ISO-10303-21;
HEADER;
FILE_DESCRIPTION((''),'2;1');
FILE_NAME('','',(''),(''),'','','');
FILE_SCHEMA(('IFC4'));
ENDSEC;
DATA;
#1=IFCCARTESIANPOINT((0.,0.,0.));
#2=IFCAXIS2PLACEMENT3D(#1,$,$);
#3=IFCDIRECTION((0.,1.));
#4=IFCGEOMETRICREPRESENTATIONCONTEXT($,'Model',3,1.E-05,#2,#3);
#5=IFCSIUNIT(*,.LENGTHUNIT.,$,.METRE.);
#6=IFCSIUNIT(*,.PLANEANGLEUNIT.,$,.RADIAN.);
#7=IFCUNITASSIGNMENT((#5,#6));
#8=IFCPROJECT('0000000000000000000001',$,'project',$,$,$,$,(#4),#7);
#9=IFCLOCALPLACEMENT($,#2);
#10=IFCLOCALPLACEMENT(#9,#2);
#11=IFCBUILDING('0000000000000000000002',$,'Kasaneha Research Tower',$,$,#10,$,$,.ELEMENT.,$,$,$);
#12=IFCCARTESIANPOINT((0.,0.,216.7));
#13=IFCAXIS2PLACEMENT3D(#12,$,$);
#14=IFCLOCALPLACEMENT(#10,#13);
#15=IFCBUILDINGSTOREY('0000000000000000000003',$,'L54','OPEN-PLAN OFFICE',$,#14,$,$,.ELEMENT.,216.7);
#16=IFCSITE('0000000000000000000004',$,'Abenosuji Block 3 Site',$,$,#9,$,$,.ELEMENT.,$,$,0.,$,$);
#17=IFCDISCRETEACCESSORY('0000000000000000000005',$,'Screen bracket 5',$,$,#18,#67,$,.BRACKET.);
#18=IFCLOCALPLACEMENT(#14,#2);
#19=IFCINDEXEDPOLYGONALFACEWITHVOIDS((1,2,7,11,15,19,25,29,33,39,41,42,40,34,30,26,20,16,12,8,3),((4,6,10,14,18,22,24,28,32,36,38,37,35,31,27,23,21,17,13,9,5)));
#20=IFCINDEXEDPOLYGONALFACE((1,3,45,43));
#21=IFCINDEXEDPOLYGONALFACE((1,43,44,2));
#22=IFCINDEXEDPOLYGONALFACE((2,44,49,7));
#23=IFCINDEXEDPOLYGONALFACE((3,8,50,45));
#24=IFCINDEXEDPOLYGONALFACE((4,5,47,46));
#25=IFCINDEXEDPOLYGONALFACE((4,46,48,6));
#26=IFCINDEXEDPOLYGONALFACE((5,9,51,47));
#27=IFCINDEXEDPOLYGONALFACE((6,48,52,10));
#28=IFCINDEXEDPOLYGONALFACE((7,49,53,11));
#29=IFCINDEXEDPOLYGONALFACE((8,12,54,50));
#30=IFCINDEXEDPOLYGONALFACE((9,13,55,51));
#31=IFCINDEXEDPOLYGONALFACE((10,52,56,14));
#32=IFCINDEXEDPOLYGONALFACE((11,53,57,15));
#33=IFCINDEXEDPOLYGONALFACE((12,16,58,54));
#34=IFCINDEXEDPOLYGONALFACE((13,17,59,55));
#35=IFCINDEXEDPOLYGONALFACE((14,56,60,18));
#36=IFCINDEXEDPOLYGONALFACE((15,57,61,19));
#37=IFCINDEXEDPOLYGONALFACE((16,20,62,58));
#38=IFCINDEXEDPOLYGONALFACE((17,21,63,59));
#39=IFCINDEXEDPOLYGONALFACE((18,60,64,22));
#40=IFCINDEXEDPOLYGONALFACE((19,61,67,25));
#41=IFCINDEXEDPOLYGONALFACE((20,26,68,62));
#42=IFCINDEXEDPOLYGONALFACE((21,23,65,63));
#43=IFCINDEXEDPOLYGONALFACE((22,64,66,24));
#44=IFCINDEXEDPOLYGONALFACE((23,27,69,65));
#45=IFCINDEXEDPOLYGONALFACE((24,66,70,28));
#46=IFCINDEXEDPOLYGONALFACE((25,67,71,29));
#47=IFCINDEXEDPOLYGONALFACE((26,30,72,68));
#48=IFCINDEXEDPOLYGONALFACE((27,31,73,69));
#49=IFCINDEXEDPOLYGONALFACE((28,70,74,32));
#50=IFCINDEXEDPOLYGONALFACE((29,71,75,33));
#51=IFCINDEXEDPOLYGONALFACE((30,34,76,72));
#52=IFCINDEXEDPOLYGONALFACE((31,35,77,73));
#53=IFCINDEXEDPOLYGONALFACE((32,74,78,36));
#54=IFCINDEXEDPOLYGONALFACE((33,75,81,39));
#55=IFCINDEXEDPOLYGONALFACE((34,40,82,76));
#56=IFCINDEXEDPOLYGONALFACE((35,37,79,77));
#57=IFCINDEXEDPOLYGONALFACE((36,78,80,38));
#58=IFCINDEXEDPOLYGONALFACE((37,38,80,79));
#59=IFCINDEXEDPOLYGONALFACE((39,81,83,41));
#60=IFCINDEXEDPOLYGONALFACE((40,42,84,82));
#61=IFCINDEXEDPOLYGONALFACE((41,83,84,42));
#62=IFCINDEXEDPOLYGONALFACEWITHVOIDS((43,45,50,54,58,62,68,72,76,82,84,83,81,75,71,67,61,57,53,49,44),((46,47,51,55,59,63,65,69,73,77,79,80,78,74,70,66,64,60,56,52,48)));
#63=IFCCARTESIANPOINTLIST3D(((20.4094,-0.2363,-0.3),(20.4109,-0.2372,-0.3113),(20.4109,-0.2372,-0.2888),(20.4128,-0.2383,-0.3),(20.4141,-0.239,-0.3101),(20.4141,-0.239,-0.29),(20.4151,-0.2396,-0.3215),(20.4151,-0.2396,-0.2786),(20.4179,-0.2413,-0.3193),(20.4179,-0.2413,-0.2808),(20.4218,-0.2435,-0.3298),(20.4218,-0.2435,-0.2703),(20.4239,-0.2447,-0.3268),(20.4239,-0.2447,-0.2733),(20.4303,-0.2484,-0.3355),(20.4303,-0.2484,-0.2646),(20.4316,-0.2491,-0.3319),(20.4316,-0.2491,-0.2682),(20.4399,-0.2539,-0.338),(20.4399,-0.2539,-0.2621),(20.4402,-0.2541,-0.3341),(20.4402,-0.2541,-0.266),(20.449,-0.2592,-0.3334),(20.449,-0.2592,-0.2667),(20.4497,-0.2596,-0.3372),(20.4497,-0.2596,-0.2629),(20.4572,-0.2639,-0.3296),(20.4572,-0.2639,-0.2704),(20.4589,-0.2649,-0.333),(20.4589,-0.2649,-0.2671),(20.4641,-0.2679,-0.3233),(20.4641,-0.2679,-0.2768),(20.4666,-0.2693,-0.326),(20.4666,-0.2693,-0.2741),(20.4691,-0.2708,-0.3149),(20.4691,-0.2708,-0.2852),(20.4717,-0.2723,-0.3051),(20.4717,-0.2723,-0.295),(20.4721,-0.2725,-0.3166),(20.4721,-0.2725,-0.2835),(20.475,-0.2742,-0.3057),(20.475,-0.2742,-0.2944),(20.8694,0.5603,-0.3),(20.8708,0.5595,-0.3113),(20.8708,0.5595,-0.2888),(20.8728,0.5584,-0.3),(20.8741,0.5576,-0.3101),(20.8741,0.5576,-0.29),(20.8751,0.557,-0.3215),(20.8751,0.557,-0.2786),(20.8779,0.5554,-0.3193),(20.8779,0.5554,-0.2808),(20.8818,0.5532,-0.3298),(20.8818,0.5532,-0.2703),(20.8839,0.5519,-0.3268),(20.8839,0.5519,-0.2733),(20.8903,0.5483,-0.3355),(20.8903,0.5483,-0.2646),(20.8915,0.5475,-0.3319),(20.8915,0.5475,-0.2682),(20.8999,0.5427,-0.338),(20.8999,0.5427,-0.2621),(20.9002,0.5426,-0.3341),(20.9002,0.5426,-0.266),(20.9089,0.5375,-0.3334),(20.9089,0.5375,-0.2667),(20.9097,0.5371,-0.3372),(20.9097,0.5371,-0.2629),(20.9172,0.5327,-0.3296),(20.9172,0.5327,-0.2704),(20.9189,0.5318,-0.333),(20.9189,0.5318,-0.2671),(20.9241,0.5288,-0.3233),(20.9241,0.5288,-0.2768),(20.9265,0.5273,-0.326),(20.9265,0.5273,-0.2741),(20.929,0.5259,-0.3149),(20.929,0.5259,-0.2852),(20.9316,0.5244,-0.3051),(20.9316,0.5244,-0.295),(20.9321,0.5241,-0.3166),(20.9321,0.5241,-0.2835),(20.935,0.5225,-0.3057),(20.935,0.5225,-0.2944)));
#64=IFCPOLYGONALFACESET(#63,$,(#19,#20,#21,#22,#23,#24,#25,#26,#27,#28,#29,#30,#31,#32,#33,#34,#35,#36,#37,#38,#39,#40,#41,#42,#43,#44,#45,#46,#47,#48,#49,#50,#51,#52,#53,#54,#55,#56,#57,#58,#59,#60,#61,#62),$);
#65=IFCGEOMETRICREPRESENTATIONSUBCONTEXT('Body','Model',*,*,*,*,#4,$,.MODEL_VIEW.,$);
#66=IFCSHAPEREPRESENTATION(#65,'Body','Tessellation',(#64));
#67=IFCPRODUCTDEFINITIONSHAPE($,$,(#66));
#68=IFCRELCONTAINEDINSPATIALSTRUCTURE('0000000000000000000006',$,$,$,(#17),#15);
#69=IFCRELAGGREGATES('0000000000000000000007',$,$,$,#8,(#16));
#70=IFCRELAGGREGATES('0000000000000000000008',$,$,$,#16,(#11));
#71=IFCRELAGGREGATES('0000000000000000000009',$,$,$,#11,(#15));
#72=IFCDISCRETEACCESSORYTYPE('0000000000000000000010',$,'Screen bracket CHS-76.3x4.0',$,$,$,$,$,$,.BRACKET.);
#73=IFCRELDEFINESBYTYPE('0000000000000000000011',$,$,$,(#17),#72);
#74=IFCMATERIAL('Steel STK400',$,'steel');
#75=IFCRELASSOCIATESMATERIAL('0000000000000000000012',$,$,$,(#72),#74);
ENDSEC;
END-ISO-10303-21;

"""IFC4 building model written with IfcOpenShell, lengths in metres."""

from ifc_helpers import new_model, si_unit, direction, frame, origin, origin_2d, place, context, subcontext, project, spatial, hollow_circle, extrude, material, material_profile, profile_set, type_object, element, save


model = new_model("IFC4")

# Units and contexts
model_context = context("Model", 3, precision=1e-05, world=origin(), true_north=direction((0.0, 1.0)))
body_context = subcontext(model_context, "Body", "Model", "MODEL_VIEW")
ifc_project = project(units=[si_unit("LENGTHUNIT", "METRE"), si_unit("PLANEANGLEUNIT", "RADIAN")], contexts=[model_context])

# Site, building, storey
site_placement = place(None, origin())
site = spatial("IfcSite", under=ifc_project, at=site_placement, Name="Abenosuji Block 3 Site", CompositionType="ELEMENT", RefElevation=0.0)
building_placement = place(site_placement, origin())
building = spatial("IfcBuilding", under=site, at=building_placement, Name="Kasaneha Research Tower", CompositionType="ELEMENT")
storey_placement = place(building_placement, frame((0.0, 0.0, 216.7)))
storey = spatial("IfcBuildingStorey", under=building, at=storey_placement, Name="L54", Description="OPEN-PLAN OFFICE", CompositionType="ELEMENT", Elevation=216.7)

# Discrete accessory
ifc_material_1 = material(Name="Steel STK400", Category="steel")
ifc_material_profile_1 = material_profile(ifc_material_1, hollow_circle(Radius=0.0381, WallThickness=0.0039, at=origin_2d()), Name="CHS-76.3x4.0")
ifc_profile_set_1 = profile_set([ifc_material_profile_1], Name="Steel STK400")
discrete_accessory_type = type_object("IfcDiscreteAccessoryType", Name="Screen bracket CHS-76.3x4.0", PredefinedType="BRACKET", material=ifc_profile_set_1)
discrete_accessory_1_placement = place(storey_placement, frame((20.4424, -0.2554, -0.3), z_axis=(0.500021, 0.866013, 0.0), x_axis=(-0.866013, 0.500021, 0.0)))
element("IfcDiscreteAccessory", 1, at=discrete_accessory_1_placement, inside=storey, type_object=discrete_accessory_type, Name="Screen bracket 5", PredefinedType="BRACKET", context=body_context, shape_type="SweptSolid", body=[
    extrude(hollow_circle(Radius=0.0381, WallThickness=0.0039, at=origin_2d()), origin(), (0.0, 0.0, 1.0), 0.9199),
])

save(model, "model.ifc")
